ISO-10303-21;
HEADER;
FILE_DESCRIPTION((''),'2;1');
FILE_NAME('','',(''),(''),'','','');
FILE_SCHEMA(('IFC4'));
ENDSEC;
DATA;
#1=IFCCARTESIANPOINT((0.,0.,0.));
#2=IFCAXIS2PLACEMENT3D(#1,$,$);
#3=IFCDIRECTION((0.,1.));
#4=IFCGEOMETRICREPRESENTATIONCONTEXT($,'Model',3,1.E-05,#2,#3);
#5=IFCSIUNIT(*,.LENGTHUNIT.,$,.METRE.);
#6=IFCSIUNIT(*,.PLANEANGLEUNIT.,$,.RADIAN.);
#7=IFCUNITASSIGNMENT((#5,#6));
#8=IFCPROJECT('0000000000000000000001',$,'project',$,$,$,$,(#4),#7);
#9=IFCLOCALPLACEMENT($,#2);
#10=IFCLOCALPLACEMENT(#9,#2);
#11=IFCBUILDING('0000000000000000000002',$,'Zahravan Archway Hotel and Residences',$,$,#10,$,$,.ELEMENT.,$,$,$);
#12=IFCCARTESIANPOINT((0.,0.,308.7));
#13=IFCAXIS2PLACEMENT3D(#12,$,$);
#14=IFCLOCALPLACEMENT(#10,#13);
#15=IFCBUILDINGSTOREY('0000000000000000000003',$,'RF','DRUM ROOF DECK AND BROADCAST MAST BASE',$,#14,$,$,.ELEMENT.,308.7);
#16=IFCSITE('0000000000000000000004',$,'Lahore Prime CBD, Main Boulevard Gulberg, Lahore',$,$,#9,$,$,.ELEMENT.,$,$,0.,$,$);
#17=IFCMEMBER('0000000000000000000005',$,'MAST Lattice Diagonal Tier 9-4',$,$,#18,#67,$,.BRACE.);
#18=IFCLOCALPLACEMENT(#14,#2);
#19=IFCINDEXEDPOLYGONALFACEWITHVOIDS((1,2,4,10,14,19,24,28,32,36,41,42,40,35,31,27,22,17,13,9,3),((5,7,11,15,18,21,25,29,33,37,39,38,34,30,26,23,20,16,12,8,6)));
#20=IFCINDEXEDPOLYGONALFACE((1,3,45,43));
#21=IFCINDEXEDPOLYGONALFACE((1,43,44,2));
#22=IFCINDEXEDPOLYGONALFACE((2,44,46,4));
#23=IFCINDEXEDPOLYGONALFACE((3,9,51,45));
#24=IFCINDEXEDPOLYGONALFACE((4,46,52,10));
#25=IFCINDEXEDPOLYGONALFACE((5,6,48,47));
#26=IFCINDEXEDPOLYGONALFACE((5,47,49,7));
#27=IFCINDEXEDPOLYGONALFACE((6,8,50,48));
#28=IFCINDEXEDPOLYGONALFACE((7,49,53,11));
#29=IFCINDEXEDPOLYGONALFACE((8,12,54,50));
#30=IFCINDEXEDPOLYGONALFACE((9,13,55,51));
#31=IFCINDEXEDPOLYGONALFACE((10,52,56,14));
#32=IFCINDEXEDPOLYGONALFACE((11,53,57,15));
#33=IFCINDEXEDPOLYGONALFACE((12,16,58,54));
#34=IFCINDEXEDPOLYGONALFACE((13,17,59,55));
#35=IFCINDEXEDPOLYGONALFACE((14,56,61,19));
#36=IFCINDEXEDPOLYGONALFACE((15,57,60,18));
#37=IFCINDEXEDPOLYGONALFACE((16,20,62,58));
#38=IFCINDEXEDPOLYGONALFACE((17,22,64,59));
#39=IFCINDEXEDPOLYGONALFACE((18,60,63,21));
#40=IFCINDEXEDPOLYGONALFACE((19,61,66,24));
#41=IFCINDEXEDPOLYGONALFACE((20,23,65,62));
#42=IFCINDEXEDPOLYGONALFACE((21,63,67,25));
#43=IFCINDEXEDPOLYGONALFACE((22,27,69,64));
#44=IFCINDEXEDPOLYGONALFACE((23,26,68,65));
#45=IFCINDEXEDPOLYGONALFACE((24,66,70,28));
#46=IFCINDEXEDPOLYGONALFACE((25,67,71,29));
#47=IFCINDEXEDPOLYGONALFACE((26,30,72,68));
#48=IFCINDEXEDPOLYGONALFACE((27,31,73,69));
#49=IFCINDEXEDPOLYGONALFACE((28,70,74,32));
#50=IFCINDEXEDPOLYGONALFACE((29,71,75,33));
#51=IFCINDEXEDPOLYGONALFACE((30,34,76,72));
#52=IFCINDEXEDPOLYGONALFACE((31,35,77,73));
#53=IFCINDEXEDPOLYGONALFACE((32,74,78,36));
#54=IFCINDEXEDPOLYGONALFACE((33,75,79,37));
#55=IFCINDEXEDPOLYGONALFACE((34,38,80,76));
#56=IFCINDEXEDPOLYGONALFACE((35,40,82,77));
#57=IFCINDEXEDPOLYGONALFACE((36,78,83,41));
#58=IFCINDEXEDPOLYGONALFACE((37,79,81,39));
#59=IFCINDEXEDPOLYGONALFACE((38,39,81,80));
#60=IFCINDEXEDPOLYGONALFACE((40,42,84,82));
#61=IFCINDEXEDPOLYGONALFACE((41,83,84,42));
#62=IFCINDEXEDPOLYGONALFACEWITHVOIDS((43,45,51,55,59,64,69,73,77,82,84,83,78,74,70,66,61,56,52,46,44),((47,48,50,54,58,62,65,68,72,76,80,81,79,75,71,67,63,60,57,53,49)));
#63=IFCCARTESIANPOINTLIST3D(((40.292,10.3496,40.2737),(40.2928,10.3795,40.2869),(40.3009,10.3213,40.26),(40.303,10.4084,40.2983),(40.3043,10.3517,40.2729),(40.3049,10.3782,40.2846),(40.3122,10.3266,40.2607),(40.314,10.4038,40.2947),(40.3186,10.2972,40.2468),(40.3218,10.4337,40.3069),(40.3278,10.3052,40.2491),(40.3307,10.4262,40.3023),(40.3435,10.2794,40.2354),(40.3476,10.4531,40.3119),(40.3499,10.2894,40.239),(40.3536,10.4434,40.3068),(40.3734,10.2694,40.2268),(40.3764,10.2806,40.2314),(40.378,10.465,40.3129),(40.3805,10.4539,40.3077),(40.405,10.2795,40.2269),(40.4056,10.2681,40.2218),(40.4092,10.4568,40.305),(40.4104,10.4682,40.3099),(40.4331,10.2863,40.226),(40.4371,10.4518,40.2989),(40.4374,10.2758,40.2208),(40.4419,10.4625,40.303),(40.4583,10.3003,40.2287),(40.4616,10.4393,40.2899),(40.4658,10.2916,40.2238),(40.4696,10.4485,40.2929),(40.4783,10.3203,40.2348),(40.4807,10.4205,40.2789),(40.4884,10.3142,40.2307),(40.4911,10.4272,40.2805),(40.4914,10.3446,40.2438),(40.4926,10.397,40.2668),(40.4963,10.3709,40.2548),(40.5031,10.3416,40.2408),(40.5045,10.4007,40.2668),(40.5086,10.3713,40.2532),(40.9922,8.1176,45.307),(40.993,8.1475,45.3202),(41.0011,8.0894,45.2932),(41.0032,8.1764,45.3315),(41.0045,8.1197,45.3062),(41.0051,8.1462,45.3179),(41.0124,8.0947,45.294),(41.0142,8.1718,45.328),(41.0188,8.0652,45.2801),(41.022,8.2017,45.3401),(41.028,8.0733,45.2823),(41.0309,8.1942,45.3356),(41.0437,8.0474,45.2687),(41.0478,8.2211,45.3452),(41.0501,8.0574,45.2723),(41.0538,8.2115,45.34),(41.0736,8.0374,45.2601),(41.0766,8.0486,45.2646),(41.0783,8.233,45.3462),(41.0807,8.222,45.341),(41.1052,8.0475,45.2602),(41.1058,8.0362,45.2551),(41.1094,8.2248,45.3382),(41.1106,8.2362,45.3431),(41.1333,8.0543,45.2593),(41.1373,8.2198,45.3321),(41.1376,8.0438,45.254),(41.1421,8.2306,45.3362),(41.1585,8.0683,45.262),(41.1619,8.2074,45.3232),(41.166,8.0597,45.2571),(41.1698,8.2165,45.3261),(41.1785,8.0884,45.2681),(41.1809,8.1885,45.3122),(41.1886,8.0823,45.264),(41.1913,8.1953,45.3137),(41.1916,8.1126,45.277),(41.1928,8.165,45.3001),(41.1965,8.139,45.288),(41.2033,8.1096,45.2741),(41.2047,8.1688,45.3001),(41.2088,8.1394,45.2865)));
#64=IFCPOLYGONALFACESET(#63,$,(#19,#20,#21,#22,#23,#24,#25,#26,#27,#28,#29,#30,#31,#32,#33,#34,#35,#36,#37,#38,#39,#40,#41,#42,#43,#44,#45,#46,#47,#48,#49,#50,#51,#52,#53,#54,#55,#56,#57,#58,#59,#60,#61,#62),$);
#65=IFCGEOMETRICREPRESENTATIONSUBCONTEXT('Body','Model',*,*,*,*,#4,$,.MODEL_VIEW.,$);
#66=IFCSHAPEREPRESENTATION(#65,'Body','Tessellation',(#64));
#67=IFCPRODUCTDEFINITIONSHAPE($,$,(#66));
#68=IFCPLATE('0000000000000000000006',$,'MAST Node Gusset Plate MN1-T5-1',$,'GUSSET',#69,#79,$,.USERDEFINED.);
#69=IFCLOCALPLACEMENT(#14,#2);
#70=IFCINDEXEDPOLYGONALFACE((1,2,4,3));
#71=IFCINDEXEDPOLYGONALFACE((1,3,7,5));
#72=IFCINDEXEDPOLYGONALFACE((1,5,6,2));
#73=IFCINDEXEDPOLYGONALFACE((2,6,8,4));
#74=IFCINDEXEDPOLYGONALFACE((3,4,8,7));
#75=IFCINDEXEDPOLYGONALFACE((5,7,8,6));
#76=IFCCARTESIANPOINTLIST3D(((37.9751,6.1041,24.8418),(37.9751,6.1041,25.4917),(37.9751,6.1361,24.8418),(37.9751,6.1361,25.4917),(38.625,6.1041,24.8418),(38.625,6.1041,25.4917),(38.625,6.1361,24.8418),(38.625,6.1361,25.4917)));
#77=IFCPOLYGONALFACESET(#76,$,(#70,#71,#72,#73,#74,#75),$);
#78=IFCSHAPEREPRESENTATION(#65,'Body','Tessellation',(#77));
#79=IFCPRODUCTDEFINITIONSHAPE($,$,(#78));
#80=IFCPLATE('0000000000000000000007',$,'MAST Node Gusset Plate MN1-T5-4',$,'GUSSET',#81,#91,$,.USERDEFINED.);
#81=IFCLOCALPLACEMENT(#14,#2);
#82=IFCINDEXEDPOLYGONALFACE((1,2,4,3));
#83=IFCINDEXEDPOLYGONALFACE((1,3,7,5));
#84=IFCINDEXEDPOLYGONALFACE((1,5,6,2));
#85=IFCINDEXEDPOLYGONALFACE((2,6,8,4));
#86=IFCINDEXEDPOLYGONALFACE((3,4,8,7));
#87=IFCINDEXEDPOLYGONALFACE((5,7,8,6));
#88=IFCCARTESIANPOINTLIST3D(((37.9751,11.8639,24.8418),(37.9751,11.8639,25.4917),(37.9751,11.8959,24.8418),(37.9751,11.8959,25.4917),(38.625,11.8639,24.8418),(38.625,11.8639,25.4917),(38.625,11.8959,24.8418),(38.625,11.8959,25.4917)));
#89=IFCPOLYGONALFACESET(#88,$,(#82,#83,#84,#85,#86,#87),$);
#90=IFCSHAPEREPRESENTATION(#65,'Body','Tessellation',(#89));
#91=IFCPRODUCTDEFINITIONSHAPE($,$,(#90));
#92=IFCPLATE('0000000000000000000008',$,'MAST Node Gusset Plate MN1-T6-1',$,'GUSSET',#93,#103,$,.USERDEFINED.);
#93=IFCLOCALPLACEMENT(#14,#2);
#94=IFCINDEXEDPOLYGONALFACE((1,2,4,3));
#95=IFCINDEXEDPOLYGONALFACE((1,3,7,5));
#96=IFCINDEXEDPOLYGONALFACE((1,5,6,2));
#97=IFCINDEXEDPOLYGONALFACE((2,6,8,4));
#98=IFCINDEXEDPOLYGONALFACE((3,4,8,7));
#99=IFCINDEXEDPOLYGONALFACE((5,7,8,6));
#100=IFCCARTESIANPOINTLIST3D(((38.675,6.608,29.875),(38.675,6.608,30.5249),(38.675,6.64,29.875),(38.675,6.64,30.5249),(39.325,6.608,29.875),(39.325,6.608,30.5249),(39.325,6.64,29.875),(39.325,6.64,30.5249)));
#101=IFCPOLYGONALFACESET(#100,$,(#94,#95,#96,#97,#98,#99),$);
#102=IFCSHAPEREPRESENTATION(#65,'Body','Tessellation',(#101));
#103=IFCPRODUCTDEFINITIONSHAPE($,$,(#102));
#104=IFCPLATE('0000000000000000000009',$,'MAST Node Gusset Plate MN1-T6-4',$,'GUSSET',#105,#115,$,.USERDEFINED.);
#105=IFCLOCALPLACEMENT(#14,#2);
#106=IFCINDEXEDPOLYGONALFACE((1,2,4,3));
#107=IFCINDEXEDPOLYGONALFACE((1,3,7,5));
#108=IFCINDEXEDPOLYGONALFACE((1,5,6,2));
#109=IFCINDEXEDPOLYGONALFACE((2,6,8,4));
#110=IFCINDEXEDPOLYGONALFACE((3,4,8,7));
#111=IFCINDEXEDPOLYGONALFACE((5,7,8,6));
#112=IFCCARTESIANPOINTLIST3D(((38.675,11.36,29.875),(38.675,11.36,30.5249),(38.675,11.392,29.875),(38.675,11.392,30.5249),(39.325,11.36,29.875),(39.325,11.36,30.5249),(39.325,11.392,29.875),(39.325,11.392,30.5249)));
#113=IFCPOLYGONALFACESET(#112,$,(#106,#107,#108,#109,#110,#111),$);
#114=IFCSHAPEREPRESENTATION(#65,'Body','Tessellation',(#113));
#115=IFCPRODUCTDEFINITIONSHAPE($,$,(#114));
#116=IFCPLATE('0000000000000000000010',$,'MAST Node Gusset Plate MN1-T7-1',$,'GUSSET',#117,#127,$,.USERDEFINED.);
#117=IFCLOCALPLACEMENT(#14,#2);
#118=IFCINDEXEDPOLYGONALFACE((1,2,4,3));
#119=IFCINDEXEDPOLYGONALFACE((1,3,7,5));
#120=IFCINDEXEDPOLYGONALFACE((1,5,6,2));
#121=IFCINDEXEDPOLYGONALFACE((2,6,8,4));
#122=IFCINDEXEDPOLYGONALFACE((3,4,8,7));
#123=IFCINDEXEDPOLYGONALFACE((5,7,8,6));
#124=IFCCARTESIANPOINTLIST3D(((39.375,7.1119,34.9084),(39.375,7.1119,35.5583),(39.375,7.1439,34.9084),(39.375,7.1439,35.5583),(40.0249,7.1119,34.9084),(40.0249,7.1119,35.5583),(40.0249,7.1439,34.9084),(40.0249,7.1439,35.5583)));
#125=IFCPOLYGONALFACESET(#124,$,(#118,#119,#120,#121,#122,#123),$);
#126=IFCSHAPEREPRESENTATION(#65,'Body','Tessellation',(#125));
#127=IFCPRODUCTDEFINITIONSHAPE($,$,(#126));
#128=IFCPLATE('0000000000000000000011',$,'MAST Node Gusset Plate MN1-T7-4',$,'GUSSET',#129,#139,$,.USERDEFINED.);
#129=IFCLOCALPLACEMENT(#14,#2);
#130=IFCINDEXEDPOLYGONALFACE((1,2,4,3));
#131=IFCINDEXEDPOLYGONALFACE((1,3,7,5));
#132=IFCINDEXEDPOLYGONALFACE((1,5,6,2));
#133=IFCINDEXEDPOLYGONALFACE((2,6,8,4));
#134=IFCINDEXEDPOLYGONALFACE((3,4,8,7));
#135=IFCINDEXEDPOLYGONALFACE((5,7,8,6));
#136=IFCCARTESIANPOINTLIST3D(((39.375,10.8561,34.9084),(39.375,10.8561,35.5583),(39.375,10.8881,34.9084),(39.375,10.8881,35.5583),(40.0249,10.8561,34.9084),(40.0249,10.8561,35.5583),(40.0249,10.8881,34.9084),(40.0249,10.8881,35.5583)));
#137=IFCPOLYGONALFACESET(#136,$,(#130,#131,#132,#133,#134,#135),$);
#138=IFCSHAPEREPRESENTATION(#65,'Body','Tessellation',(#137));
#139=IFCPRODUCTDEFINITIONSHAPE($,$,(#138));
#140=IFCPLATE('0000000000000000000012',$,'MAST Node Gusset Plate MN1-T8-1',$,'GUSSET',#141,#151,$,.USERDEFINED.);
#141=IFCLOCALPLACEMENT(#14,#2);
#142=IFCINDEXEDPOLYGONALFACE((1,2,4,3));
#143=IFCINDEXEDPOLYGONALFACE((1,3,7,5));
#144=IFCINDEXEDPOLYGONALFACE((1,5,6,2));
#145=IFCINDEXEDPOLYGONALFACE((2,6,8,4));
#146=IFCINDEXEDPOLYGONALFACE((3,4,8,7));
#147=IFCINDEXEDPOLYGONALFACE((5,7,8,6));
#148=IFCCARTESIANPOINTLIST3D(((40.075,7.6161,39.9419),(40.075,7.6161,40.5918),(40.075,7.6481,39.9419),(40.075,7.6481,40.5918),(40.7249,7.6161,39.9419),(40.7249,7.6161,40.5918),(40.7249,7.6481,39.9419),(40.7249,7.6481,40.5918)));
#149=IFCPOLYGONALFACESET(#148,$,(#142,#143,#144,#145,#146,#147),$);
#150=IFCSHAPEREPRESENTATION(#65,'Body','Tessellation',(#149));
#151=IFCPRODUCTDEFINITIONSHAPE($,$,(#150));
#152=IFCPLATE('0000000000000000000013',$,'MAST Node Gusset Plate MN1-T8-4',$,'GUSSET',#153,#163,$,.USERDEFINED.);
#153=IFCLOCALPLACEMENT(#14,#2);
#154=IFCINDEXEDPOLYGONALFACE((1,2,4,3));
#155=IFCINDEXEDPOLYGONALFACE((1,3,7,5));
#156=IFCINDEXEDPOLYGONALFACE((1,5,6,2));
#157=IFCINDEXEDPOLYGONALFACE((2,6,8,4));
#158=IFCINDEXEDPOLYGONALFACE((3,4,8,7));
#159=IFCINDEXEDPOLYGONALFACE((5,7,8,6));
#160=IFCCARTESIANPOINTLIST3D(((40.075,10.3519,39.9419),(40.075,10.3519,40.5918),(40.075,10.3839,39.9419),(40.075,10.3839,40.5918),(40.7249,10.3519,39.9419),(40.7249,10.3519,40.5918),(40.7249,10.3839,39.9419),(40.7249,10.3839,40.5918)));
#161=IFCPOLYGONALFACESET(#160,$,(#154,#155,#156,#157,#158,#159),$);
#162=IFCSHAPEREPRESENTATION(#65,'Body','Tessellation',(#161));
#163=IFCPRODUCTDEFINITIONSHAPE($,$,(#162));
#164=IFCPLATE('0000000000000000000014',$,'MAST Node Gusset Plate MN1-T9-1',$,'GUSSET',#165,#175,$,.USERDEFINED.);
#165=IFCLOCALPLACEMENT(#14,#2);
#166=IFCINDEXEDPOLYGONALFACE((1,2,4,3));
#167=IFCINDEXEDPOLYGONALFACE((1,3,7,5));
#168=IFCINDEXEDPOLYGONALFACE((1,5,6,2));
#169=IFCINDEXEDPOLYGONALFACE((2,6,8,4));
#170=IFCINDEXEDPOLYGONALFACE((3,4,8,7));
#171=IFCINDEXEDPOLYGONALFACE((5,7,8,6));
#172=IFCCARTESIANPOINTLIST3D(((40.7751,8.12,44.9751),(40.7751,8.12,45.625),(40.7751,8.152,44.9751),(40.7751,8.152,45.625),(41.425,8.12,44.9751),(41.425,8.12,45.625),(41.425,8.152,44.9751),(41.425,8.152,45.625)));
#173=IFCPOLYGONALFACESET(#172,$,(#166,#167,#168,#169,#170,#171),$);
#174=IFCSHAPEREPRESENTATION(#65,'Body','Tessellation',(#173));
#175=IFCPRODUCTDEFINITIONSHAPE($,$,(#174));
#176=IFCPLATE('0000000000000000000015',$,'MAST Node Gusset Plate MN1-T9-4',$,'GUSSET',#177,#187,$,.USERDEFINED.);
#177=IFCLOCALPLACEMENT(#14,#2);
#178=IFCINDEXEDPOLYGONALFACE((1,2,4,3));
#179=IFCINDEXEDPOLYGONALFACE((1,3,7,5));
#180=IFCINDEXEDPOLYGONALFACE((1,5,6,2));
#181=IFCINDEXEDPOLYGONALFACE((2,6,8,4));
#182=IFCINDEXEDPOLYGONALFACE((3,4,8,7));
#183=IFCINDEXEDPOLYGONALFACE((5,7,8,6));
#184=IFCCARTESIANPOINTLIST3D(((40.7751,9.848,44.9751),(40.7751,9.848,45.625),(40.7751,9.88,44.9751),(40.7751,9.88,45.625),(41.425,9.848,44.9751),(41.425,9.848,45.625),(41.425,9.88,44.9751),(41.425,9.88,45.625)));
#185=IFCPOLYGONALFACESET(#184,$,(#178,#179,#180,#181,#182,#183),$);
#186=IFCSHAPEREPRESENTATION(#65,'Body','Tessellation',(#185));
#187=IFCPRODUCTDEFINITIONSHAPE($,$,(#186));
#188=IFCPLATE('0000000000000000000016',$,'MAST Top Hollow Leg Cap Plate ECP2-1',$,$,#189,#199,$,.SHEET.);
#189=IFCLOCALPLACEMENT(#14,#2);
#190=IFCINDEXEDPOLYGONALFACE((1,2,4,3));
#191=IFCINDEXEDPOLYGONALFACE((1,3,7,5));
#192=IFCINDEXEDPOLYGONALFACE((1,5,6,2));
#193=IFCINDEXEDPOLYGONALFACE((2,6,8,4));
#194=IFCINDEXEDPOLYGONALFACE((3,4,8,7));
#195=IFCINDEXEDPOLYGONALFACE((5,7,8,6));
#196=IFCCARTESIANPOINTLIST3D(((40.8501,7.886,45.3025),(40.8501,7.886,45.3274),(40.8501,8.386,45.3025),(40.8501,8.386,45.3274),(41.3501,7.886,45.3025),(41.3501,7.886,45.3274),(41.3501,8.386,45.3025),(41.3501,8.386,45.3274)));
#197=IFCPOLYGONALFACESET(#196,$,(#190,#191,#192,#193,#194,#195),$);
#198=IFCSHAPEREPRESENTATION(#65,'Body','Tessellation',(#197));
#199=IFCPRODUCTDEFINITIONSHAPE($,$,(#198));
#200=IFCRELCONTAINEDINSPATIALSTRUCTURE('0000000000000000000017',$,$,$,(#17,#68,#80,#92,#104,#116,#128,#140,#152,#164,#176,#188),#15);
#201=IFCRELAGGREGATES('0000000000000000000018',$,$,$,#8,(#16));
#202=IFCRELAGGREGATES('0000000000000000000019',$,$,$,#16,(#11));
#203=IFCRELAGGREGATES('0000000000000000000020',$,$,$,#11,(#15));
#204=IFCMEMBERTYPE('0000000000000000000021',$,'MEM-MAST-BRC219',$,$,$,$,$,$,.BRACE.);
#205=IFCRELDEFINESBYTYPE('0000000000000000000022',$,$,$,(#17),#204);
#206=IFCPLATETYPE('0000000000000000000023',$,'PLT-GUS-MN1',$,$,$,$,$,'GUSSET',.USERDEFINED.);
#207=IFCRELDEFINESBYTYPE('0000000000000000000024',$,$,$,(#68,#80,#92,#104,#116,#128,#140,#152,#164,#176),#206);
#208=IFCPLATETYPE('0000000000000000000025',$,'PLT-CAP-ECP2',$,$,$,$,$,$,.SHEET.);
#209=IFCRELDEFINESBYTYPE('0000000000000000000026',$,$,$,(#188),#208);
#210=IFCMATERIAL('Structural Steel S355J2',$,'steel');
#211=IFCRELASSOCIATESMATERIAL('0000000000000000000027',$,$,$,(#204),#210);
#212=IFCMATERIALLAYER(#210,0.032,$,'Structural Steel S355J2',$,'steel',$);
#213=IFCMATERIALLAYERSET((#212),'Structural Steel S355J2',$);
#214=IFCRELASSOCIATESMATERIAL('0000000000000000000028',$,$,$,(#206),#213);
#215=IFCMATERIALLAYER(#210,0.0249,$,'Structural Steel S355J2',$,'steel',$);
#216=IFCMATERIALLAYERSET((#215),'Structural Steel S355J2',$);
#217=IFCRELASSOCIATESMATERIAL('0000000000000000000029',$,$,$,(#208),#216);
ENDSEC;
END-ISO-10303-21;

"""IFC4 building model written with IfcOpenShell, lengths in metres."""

from ifc_helpers import new_model, si_unit, direction, frame, origin, origin_2d, place, context, subcontext, project, spatial, rectangle, hollow_circle, extrude, source, transform, mapped, material, layer, layer_set, material_profile, profile_set, type_object, type_shapes, element, save


model = new_model("IFC4")

# Units and contexts
model_context = context("Model", 3, precision=1e-05, world=origin(), true_north=direction((0.0, 1.0)))
body_context = subcontext(model_context, "Body", "Model", "MODEL_VIEW")
ifc_project = project(units=[si_unit("LENGTHUNIT", "METRE"), si_unit("PLANEANGLEUNIT", "RADIAN")], contexts=[model_context])

# Site, building, storey
site_placement = place(None, origin())
site = spatial("IfcSite", under=ifc_project, at=site_placement, Name="Lahore Prime CBD, Main Boulevard Gulberg, Lahore", CompositionType="ELEMENT", RefElevation=0.0)
building_placement = place(site_placement, origin())
building = spatial("IfcBuilding", under=site, at=building_placement, Name="Zahravan Archway Hotel and Residences", CompositionType="ELEMENT")
storey_placement = place(building_placement, frame((0.0, 0.0, 308.7)))
storey = spatial("IfcBuildingStorey", under=building, at=storey_placement, Name="RF", Description="DRUM ROOF DECK AND BROADCAST MAST BASE", CompositionType="ELEMENT", Elevation=308.7)

# Member
ifc_material_1 = material(Name="Structural Steel S355J2", Category="steel")
ifc_material_profile_1 = material_profile(ifc_material_1, hollow_circle(Radius=0.1096, WallThickness=0.0125, at=origin_2d()), Name="CHS 219.1x12.5", Category="steel")
ifc_profile_set_1 = profile_set([ifc_material_profile_1], Name="Structural Steel S355J2")
member_type_1 = type_object("IfcMemberType", Name="MEM-MAST-BRC219", PredefinedType="BRACE", material=ifc_profile_set_1)
shared_shape_1 = source(origin(), body_context, "Body", "SweptSolid", [
    extrude(hollow_circle(Radius=0.1096, WallThickness=0.0125, at=origin_2d()), origin(), (0.0, 0.0, 1.0), 5.5503),
])
member_1_placement = place(storey_placement, frame((40.3999, 10.3679, 40.2668), z_axis=(0.126156, -0.402134, 0.906848), x_axis=(0.954149, 0.299333, 0.0)))
element("IfcMember", 1, at=member_1_placement, inside=storey, type_object=member_type_1, Name="MAST Lattice Diagonal Tier 9-4", PredefinedType="BRACE", context=body_context, shape_type="MappedRepresentation", body=[
    mapped(shared_shape_1, transform((0.0, 0.0, 0.0), scale=1.0)),
])

# Plates
ifc_layer_1 = layer(ifc_material_1, 0.032, Name="Structural Steel S355J2", Category="steel")
ifc_layer_set_1 = layer_set([ifc_layer_1], Name="Structural Steel S355J2")
plate_type_1 = type_object("IfcPlateType", Name="PLT-GUS-MN1", ElementType="GUSSET", PredefinedType="USERDEFINED", material=ifc_layer_set_1)
shared_shape_2 = source(origin(), body_context, "Body", "SweptSolid", [
    extrude(rectangle(XDim=0.6499, YDim=0.032, at=origin_2d()), origin(), (0.0, 0.0, 1.0), 0.6499),
])
type_shapes(plate_type_1, [shared_shape_2])
for number, where, z_axis, x_axis, name in (
    (2, (38.3, 6.1201, 24.8418), (0.0, 0.0, 1.0), (1.0, 0.0, 0.0), "MAST Node Gusset Plate MN1-T5-1"),
    (3, (38.3, 11.8799, 24.8418), (0.0, 0.0, 1.0), (1.0, 0.0, 0.0), "MAST Node Gusset Plate MN1-T5-4"),
    (4, (39.0, 6.624, 29.875), (0.0, 0.0, 1.0), (1.0, 0.0, 0.0), "MAST Node Gusset Plate MN1-T6-1"),
    (5, (39.0, 11.376, 29.875), (0.0, 0.0, 1.0), (1.0, 0.0, 0.0), "MAST Node Gusset Plate MN1-T6-4"),
    (6, (39.7, 7.1279, 34.9084), (0.0, 0.0, 1.0), (1.0, 0.0, 0.0), "MAST Node Gusset Plate MN1-T7-1"),
    (7, (39.7, 10.8721, 34.9084), (0.0, 0.0, 1.0), (1.0, 0.0, 0.0), "MAST Node Gusset Plate MN1-T7-4"),
    (8, (40.3999, 7.6321, 39.9419), (0.0, 0.0, 1.0), (1.0, 0.0, 0.0), "MAST Node Gusset Plate MN1-T8-1"),
    (9, (40.3999, 10.3679, 39.9419), (0.0, 0.0, 1.0), (1.0, 0.0, 0.0), "MAST Node Gusset Plate MN1-T8-4"),
    (10, (41.1001, 8.136, 44.9751), (0.0, 0.0, 1.0), (1.0, 0.0, 0.0), "MAST Node Gusset Plate MN1-T9-1"),
    (11, (41.1001, 9.864, 44.9751), (0.0, 0.0, 1.0), (1.0, 0.0, 0.0), "MAST Node Gusset Plate MN1-T9-4"),
):
    element("IfcPlate", number, at=place(storey_placement, frame(where, z_axis=z_axis, x_axis=x_axis)), inside=storey, type_object=plate_type_1, Name=name, ObjectType="GUSSET", PredefinedType="USERDEFINED", context=body_context, shape_type="MappedRepresentation", body=[
        mapped(shared_shape_2, transform((0.0, 0.0, 0.0), scale=1.0)),
    ])
ifc_layer_2 = layer(ifc_material_1, 0.0249, Name="Structural Steel S355J2", Category="steel")
ifc_layer_set_2 = layer_set([ifc_layer_2], Name="Structural Steel S355J2")
plate_type_2 = type_object("IfcPlateType", Name="PLT-CAP-ECP2", PredefinedType="SHEET", material=ifc_layer_set_2)
shared_shape_3 = source(origin(), body_context, "Body", "SweptSolid", [
    extrude(rectangle(XDim=0.5, YDim=0.5, at=origin_2d()), origin(), (0.0, 0.0, 1.0), 0.0249),
])
type_shapes(plate_type_2, [shared_shape_3])
plate_placement = place(storey_placement, frame((41.1001, 8.136, 45.3025), z_axis=(0.0, 0.0, 1.0), x_axis=(1.0, 0.0, 0.0)))
element("IfcPlate", 12, at=plate_placement, inside=storey, type_object=plate_type_2, Name="MAST Top Hollow Leg Cap Plate ECP2-1", PredefinedType="SHEET", context=body_context, shape_type="MappedRepresentation", body=[
    mapped(shared_shape_3, transform((0.0, 0.0, 0.0), scale=1.0)),
])

save(model, "model.ifc")
